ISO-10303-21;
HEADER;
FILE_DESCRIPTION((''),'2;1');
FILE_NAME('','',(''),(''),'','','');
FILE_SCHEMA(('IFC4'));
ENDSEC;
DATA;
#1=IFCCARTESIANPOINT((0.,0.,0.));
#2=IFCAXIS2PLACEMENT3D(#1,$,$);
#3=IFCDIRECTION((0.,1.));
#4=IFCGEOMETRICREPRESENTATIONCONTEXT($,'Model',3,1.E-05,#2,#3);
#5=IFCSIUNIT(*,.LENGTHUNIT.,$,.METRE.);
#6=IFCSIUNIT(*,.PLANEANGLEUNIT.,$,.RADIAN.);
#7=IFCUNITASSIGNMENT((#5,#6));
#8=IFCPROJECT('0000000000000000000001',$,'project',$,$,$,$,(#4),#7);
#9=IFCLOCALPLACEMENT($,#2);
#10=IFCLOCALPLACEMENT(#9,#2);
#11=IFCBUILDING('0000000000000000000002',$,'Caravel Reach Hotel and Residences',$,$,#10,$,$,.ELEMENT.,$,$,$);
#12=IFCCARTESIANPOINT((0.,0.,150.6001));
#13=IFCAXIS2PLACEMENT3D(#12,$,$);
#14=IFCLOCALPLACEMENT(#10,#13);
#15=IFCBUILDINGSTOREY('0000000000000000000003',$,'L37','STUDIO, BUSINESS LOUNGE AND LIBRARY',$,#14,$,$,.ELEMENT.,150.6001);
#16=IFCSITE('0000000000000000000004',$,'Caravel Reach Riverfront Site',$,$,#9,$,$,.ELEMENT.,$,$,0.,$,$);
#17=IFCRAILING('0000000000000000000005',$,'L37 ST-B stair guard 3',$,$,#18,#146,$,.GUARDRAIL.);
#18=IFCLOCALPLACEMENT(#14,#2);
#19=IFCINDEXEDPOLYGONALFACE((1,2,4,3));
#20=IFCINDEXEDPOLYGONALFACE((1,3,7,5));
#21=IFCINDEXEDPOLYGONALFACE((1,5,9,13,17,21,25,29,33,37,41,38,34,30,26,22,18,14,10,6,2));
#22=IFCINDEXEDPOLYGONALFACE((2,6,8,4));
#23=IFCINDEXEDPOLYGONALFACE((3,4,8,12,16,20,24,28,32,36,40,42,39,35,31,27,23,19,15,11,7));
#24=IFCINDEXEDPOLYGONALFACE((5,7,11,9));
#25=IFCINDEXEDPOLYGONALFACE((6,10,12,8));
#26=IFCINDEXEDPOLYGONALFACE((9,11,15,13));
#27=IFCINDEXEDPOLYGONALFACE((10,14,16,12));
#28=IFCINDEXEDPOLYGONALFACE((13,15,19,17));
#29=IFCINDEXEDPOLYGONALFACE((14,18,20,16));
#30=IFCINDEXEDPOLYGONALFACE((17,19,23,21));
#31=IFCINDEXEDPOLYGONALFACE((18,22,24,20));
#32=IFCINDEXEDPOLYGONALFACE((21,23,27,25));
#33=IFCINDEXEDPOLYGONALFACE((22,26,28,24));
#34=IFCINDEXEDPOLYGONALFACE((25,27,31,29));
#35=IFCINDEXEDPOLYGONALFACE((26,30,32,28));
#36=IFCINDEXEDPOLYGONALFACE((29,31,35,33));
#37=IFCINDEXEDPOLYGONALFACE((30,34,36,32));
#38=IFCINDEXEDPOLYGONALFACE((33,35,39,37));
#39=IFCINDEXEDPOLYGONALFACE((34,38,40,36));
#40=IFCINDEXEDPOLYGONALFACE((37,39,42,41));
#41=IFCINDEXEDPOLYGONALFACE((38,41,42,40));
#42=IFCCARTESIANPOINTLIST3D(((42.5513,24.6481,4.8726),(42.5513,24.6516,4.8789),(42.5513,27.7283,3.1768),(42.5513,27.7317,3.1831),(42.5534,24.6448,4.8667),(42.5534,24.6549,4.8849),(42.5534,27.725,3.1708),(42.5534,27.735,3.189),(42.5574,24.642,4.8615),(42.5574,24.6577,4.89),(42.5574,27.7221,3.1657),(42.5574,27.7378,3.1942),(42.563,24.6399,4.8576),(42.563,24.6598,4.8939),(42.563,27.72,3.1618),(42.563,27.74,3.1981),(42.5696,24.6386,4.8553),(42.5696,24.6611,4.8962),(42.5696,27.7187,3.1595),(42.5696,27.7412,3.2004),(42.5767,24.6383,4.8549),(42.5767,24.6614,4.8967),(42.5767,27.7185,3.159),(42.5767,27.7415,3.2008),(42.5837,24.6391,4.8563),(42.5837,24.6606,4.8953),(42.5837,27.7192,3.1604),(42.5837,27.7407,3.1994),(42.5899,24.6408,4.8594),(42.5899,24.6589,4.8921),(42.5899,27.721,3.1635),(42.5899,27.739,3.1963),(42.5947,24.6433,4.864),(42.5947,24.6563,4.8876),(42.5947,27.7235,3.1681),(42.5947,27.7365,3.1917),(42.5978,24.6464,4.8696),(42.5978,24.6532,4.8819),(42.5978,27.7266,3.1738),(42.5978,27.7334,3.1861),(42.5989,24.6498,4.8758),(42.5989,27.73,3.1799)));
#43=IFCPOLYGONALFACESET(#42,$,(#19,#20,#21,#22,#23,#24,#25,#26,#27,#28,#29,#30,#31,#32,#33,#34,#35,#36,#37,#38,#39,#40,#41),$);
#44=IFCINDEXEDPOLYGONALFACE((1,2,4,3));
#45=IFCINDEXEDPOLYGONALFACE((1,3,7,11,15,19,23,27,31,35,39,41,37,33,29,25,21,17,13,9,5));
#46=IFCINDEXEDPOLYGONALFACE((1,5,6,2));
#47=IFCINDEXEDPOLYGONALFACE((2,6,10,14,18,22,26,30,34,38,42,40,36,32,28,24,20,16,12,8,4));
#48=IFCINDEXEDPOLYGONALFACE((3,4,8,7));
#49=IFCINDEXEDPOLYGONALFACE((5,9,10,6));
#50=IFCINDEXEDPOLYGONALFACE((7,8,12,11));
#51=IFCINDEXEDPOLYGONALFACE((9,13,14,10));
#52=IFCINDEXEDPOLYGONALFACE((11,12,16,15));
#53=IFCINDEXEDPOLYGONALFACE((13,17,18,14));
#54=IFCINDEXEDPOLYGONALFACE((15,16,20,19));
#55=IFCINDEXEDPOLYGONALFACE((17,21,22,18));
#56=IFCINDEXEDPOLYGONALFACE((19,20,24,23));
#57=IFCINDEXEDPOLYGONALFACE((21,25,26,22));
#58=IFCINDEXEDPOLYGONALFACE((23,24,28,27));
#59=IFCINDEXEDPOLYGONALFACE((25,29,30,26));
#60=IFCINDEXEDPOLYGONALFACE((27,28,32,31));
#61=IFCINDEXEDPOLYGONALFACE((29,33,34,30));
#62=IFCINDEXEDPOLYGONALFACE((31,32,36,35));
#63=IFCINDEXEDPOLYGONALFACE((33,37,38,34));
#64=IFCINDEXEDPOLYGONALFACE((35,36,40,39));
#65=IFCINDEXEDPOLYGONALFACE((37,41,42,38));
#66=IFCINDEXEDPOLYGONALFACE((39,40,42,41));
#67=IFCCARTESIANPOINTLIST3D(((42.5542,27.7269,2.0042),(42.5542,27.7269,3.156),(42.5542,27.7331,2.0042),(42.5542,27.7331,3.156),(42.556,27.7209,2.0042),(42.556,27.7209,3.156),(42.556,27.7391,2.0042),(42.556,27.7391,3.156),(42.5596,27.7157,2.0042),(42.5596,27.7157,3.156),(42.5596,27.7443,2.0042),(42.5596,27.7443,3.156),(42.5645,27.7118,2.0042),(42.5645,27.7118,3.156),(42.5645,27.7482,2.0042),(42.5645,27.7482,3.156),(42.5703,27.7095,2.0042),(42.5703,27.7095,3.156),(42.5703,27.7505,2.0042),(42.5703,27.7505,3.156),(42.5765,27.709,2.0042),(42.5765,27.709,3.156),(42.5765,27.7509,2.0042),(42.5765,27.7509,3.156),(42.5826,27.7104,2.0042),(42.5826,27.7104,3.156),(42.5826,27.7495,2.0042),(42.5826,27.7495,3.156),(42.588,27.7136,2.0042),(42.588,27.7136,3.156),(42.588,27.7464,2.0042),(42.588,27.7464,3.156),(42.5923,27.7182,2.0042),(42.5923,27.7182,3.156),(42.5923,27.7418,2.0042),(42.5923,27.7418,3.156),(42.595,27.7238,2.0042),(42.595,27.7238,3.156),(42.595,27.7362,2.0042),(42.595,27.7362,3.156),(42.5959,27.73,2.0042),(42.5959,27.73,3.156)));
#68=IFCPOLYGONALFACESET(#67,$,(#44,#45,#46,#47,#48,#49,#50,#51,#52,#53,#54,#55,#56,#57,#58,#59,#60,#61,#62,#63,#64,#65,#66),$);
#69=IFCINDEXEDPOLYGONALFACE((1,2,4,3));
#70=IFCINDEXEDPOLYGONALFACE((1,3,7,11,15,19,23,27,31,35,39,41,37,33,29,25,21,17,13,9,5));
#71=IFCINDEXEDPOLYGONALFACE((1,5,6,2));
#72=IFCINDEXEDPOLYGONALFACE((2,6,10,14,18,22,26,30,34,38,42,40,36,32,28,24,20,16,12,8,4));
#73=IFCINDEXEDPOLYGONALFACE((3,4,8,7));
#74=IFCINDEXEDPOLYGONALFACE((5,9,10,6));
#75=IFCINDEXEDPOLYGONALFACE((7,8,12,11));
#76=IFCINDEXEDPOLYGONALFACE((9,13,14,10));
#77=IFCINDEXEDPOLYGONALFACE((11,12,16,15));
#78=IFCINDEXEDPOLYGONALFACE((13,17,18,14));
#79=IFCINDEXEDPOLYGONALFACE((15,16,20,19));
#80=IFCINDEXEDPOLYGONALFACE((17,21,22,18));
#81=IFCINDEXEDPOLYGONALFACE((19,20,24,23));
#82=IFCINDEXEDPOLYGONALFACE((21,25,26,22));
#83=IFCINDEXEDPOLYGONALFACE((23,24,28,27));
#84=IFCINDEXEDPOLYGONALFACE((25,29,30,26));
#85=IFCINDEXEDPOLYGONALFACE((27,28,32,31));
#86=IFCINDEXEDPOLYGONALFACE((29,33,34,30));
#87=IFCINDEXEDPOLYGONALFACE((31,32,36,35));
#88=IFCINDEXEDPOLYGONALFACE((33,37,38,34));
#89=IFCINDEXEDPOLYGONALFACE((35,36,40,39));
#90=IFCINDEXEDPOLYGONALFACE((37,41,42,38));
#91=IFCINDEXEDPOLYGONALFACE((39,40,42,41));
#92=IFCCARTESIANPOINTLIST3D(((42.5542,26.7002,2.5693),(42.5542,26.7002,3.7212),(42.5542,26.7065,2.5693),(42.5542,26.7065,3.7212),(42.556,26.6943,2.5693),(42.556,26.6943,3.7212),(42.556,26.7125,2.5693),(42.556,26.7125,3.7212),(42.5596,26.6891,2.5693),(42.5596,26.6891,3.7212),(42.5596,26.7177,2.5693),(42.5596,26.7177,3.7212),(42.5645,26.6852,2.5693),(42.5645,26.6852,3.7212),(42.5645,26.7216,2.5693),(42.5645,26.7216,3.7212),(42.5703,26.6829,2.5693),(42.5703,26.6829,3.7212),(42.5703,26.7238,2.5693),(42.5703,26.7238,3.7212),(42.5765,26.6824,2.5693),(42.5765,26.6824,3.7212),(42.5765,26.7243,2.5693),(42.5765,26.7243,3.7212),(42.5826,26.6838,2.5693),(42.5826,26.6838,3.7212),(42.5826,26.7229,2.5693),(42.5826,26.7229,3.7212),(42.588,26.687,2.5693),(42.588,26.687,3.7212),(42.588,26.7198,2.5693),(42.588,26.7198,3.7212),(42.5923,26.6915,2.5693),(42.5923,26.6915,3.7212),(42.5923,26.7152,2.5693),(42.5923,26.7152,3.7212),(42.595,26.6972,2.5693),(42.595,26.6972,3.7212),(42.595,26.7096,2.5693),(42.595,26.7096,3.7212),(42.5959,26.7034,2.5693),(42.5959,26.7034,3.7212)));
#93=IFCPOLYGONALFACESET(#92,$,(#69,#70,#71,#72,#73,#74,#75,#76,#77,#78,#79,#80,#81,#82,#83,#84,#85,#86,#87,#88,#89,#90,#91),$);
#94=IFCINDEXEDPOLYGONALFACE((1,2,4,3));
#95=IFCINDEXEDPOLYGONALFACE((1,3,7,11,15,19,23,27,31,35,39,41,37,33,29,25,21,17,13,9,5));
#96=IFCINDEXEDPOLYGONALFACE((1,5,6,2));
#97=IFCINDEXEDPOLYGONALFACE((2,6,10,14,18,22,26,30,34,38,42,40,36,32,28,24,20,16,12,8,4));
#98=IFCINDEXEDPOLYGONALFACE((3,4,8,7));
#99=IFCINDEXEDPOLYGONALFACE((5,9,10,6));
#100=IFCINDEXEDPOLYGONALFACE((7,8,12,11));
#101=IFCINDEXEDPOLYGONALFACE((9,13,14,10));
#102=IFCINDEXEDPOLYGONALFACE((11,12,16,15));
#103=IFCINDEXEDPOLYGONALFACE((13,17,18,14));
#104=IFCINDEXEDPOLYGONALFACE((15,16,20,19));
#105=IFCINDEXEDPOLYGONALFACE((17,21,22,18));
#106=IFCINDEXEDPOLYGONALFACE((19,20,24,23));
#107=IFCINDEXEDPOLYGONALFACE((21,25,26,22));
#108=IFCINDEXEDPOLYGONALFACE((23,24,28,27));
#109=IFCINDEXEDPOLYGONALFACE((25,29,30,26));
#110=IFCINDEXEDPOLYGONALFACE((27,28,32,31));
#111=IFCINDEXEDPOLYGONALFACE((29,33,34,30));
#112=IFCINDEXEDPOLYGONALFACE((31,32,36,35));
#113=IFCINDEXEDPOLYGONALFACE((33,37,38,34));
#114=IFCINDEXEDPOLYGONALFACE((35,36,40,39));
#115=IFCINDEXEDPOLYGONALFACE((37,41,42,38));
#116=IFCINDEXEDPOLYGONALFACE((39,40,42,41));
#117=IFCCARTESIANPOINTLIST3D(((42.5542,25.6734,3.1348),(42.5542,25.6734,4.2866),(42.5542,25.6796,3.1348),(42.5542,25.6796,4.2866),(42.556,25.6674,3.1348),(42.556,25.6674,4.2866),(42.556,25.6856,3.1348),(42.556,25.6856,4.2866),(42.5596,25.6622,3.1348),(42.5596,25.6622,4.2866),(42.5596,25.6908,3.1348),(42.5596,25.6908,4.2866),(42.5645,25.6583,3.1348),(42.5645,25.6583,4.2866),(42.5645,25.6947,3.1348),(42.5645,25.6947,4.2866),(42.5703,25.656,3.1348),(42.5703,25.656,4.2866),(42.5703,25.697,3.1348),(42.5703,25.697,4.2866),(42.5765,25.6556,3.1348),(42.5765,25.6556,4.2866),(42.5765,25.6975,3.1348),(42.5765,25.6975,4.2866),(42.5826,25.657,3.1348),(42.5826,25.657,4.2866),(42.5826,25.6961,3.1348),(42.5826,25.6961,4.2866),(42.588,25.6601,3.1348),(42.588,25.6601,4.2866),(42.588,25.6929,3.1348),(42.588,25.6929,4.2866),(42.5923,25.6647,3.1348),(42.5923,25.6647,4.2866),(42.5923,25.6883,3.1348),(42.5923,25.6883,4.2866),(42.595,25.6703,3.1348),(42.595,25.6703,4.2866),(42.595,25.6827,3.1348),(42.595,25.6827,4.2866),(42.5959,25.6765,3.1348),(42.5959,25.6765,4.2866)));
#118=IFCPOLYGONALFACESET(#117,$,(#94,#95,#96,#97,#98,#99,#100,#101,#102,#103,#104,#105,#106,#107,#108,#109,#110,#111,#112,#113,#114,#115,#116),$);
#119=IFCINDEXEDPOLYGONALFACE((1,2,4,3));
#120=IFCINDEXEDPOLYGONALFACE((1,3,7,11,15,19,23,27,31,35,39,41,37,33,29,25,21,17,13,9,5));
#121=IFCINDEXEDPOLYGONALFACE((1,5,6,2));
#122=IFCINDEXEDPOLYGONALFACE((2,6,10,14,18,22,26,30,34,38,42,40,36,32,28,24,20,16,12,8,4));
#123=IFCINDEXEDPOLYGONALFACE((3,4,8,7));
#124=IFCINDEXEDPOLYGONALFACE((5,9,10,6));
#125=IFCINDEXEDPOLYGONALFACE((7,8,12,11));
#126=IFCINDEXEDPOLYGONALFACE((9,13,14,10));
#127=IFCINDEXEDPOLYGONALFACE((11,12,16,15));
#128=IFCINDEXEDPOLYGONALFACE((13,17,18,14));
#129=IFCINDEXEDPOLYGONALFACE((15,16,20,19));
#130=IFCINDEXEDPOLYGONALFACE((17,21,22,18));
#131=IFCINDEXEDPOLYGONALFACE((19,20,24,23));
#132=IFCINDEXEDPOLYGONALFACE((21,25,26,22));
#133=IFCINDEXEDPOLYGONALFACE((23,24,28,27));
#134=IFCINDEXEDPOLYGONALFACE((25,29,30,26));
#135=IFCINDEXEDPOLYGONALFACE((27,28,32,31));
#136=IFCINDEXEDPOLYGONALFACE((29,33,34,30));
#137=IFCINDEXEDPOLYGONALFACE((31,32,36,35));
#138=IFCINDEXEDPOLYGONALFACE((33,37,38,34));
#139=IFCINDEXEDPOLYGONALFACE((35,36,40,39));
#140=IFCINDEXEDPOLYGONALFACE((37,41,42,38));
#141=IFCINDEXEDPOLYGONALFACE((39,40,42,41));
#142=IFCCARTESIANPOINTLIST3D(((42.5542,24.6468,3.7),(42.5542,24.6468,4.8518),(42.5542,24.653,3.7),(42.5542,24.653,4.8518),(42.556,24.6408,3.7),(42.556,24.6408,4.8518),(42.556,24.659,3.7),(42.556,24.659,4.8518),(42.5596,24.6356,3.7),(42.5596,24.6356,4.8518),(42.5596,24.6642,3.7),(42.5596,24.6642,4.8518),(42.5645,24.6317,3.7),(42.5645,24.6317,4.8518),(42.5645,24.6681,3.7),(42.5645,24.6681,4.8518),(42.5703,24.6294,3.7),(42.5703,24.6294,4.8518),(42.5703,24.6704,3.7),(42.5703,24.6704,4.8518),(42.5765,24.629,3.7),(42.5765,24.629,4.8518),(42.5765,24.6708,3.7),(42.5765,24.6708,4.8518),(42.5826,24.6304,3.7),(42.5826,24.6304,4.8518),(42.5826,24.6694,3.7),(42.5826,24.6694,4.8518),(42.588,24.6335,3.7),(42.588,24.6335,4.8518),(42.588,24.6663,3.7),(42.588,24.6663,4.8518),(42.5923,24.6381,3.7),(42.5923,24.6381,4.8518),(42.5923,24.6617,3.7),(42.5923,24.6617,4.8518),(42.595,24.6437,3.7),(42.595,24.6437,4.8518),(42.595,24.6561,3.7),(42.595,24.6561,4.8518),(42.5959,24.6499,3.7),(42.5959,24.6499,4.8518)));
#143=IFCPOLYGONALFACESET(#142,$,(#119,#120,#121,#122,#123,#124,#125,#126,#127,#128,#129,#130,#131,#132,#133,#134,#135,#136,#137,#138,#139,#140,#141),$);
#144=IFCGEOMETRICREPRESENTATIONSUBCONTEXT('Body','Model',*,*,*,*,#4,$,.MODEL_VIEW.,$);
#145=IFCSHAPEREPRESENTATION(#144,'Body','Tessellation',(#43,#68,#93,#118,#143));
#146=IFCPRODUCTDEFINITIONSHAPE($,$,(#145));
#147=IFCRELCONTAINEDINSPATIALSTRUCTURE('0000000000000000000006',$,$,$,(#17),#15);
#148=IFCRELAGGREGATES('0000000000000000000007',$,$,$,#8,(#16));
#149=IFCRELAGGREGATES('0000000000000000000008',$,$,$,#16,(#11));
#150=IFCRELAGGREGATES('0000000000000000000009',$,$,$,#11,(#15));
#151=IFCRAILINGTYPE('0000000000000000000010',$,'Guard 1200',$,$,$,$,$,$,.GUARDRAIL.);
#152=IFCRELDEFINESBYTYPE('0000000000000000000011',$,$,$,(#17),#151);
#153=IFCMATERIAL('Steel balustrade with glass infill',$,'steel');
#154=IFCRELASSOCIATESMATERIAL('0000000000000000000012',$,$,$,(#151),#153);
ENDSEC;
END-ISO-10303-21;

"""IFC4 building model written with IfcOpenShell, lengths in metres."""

from ifc_helpers import new_model, si_unit, direction, frame, origin, origin_2d, place, context, subcontext, project, spatial, circle, extrude, material, type_object, element, save


model = new_model("IFC4")

# Units and contexts
model_context = context("Model", 3, precision=1e-05, world=origin(), true_north=direction((0.0, 1.0)))
body_context = subcontext(model_context, "Body", "Model", "MODEL_VIEW")
ifc_project = project(units=[si_unit("LENGTHUNIT", "METRE"), si_unit("PLANEANGLEUNIT", "RADIAN")], contexts=[model_context])

# Site, building, storey
site_placement = place(None, origin())
site = spatial("IfcSite", under=ifc_project, at=site_placement, Name="Caravel Reach Riverfront Site", CompositionType="ELEMENT", RefElevation=0.0)
building_placement = place(site_placement, origin())
building = spatial("IfcBuilding", under=site, at=building_placement, Name="Caravel Reach Hotel and Residences", CompositionType="ELEMENT")
storey_placement = place(building_placement, frame((0.0, 0.0, 150.6001)))
storey = spatial("IfcBuildingStorey", under=building, at=storey_placement, Name="L37", Description="STUDIO, BUSINESS LOUNGE AND LIBRARY", CompositionType="ELEMENT", Elevation=150.6001)

# Railing
ifc_material_1 = material(Name="Steel balustrade with glass infill", Category="steel")
railing_type_1 = type_object("IfcRailingType", Name="Guard 1200", PredefinedType="GUARDRAIL", material=ifc_material_1)
railing_1_placement = place(storey_placement, frame((42.575, 27.73, 2.0042)))
element("IfcRailing", 1, at=railing_1_placement, inside=storey, type_object=railing_type_1, Name="L37 ST-B stair guard 3", PredefinedType="GUARDRAIL", context=body_context, shape_type="SweptSolid", body=[
    extrude(circle(Radius=0.0239, at=origin_2d()), frame((0.0, 0.0, 1.1758), z_axis=(0.0, -0.876005, 0.482303), x_axis=(1.0, 0.0, 0.0)), (0.0, 0.0, 1.0), 3.5161),
    extrude(circle(Radius=0.021, at=origin_2d()), origin(), (0.0, 0.0, 1.0), 1.1519),
    extrude(circle(Radius=0.021, at=origin_2d()), frame((0.0, -1.0266, 0.5652)), (0.0, 0.0, 1.0), 1.1519),
    extrude(circle(Radius=0.021, at=origin_2d()), frame((0.0, -2.0535, 1.1306)), (0.0, 0.0, 1.0), 1.1519),
    extrude(circle(Radius=0.021, at=origin_2d()), frame((0.0, -3.0801, 1.6958)), (0.0, 0.0, 1.0), 1.1519),
])

save(model, "model.ifc")
